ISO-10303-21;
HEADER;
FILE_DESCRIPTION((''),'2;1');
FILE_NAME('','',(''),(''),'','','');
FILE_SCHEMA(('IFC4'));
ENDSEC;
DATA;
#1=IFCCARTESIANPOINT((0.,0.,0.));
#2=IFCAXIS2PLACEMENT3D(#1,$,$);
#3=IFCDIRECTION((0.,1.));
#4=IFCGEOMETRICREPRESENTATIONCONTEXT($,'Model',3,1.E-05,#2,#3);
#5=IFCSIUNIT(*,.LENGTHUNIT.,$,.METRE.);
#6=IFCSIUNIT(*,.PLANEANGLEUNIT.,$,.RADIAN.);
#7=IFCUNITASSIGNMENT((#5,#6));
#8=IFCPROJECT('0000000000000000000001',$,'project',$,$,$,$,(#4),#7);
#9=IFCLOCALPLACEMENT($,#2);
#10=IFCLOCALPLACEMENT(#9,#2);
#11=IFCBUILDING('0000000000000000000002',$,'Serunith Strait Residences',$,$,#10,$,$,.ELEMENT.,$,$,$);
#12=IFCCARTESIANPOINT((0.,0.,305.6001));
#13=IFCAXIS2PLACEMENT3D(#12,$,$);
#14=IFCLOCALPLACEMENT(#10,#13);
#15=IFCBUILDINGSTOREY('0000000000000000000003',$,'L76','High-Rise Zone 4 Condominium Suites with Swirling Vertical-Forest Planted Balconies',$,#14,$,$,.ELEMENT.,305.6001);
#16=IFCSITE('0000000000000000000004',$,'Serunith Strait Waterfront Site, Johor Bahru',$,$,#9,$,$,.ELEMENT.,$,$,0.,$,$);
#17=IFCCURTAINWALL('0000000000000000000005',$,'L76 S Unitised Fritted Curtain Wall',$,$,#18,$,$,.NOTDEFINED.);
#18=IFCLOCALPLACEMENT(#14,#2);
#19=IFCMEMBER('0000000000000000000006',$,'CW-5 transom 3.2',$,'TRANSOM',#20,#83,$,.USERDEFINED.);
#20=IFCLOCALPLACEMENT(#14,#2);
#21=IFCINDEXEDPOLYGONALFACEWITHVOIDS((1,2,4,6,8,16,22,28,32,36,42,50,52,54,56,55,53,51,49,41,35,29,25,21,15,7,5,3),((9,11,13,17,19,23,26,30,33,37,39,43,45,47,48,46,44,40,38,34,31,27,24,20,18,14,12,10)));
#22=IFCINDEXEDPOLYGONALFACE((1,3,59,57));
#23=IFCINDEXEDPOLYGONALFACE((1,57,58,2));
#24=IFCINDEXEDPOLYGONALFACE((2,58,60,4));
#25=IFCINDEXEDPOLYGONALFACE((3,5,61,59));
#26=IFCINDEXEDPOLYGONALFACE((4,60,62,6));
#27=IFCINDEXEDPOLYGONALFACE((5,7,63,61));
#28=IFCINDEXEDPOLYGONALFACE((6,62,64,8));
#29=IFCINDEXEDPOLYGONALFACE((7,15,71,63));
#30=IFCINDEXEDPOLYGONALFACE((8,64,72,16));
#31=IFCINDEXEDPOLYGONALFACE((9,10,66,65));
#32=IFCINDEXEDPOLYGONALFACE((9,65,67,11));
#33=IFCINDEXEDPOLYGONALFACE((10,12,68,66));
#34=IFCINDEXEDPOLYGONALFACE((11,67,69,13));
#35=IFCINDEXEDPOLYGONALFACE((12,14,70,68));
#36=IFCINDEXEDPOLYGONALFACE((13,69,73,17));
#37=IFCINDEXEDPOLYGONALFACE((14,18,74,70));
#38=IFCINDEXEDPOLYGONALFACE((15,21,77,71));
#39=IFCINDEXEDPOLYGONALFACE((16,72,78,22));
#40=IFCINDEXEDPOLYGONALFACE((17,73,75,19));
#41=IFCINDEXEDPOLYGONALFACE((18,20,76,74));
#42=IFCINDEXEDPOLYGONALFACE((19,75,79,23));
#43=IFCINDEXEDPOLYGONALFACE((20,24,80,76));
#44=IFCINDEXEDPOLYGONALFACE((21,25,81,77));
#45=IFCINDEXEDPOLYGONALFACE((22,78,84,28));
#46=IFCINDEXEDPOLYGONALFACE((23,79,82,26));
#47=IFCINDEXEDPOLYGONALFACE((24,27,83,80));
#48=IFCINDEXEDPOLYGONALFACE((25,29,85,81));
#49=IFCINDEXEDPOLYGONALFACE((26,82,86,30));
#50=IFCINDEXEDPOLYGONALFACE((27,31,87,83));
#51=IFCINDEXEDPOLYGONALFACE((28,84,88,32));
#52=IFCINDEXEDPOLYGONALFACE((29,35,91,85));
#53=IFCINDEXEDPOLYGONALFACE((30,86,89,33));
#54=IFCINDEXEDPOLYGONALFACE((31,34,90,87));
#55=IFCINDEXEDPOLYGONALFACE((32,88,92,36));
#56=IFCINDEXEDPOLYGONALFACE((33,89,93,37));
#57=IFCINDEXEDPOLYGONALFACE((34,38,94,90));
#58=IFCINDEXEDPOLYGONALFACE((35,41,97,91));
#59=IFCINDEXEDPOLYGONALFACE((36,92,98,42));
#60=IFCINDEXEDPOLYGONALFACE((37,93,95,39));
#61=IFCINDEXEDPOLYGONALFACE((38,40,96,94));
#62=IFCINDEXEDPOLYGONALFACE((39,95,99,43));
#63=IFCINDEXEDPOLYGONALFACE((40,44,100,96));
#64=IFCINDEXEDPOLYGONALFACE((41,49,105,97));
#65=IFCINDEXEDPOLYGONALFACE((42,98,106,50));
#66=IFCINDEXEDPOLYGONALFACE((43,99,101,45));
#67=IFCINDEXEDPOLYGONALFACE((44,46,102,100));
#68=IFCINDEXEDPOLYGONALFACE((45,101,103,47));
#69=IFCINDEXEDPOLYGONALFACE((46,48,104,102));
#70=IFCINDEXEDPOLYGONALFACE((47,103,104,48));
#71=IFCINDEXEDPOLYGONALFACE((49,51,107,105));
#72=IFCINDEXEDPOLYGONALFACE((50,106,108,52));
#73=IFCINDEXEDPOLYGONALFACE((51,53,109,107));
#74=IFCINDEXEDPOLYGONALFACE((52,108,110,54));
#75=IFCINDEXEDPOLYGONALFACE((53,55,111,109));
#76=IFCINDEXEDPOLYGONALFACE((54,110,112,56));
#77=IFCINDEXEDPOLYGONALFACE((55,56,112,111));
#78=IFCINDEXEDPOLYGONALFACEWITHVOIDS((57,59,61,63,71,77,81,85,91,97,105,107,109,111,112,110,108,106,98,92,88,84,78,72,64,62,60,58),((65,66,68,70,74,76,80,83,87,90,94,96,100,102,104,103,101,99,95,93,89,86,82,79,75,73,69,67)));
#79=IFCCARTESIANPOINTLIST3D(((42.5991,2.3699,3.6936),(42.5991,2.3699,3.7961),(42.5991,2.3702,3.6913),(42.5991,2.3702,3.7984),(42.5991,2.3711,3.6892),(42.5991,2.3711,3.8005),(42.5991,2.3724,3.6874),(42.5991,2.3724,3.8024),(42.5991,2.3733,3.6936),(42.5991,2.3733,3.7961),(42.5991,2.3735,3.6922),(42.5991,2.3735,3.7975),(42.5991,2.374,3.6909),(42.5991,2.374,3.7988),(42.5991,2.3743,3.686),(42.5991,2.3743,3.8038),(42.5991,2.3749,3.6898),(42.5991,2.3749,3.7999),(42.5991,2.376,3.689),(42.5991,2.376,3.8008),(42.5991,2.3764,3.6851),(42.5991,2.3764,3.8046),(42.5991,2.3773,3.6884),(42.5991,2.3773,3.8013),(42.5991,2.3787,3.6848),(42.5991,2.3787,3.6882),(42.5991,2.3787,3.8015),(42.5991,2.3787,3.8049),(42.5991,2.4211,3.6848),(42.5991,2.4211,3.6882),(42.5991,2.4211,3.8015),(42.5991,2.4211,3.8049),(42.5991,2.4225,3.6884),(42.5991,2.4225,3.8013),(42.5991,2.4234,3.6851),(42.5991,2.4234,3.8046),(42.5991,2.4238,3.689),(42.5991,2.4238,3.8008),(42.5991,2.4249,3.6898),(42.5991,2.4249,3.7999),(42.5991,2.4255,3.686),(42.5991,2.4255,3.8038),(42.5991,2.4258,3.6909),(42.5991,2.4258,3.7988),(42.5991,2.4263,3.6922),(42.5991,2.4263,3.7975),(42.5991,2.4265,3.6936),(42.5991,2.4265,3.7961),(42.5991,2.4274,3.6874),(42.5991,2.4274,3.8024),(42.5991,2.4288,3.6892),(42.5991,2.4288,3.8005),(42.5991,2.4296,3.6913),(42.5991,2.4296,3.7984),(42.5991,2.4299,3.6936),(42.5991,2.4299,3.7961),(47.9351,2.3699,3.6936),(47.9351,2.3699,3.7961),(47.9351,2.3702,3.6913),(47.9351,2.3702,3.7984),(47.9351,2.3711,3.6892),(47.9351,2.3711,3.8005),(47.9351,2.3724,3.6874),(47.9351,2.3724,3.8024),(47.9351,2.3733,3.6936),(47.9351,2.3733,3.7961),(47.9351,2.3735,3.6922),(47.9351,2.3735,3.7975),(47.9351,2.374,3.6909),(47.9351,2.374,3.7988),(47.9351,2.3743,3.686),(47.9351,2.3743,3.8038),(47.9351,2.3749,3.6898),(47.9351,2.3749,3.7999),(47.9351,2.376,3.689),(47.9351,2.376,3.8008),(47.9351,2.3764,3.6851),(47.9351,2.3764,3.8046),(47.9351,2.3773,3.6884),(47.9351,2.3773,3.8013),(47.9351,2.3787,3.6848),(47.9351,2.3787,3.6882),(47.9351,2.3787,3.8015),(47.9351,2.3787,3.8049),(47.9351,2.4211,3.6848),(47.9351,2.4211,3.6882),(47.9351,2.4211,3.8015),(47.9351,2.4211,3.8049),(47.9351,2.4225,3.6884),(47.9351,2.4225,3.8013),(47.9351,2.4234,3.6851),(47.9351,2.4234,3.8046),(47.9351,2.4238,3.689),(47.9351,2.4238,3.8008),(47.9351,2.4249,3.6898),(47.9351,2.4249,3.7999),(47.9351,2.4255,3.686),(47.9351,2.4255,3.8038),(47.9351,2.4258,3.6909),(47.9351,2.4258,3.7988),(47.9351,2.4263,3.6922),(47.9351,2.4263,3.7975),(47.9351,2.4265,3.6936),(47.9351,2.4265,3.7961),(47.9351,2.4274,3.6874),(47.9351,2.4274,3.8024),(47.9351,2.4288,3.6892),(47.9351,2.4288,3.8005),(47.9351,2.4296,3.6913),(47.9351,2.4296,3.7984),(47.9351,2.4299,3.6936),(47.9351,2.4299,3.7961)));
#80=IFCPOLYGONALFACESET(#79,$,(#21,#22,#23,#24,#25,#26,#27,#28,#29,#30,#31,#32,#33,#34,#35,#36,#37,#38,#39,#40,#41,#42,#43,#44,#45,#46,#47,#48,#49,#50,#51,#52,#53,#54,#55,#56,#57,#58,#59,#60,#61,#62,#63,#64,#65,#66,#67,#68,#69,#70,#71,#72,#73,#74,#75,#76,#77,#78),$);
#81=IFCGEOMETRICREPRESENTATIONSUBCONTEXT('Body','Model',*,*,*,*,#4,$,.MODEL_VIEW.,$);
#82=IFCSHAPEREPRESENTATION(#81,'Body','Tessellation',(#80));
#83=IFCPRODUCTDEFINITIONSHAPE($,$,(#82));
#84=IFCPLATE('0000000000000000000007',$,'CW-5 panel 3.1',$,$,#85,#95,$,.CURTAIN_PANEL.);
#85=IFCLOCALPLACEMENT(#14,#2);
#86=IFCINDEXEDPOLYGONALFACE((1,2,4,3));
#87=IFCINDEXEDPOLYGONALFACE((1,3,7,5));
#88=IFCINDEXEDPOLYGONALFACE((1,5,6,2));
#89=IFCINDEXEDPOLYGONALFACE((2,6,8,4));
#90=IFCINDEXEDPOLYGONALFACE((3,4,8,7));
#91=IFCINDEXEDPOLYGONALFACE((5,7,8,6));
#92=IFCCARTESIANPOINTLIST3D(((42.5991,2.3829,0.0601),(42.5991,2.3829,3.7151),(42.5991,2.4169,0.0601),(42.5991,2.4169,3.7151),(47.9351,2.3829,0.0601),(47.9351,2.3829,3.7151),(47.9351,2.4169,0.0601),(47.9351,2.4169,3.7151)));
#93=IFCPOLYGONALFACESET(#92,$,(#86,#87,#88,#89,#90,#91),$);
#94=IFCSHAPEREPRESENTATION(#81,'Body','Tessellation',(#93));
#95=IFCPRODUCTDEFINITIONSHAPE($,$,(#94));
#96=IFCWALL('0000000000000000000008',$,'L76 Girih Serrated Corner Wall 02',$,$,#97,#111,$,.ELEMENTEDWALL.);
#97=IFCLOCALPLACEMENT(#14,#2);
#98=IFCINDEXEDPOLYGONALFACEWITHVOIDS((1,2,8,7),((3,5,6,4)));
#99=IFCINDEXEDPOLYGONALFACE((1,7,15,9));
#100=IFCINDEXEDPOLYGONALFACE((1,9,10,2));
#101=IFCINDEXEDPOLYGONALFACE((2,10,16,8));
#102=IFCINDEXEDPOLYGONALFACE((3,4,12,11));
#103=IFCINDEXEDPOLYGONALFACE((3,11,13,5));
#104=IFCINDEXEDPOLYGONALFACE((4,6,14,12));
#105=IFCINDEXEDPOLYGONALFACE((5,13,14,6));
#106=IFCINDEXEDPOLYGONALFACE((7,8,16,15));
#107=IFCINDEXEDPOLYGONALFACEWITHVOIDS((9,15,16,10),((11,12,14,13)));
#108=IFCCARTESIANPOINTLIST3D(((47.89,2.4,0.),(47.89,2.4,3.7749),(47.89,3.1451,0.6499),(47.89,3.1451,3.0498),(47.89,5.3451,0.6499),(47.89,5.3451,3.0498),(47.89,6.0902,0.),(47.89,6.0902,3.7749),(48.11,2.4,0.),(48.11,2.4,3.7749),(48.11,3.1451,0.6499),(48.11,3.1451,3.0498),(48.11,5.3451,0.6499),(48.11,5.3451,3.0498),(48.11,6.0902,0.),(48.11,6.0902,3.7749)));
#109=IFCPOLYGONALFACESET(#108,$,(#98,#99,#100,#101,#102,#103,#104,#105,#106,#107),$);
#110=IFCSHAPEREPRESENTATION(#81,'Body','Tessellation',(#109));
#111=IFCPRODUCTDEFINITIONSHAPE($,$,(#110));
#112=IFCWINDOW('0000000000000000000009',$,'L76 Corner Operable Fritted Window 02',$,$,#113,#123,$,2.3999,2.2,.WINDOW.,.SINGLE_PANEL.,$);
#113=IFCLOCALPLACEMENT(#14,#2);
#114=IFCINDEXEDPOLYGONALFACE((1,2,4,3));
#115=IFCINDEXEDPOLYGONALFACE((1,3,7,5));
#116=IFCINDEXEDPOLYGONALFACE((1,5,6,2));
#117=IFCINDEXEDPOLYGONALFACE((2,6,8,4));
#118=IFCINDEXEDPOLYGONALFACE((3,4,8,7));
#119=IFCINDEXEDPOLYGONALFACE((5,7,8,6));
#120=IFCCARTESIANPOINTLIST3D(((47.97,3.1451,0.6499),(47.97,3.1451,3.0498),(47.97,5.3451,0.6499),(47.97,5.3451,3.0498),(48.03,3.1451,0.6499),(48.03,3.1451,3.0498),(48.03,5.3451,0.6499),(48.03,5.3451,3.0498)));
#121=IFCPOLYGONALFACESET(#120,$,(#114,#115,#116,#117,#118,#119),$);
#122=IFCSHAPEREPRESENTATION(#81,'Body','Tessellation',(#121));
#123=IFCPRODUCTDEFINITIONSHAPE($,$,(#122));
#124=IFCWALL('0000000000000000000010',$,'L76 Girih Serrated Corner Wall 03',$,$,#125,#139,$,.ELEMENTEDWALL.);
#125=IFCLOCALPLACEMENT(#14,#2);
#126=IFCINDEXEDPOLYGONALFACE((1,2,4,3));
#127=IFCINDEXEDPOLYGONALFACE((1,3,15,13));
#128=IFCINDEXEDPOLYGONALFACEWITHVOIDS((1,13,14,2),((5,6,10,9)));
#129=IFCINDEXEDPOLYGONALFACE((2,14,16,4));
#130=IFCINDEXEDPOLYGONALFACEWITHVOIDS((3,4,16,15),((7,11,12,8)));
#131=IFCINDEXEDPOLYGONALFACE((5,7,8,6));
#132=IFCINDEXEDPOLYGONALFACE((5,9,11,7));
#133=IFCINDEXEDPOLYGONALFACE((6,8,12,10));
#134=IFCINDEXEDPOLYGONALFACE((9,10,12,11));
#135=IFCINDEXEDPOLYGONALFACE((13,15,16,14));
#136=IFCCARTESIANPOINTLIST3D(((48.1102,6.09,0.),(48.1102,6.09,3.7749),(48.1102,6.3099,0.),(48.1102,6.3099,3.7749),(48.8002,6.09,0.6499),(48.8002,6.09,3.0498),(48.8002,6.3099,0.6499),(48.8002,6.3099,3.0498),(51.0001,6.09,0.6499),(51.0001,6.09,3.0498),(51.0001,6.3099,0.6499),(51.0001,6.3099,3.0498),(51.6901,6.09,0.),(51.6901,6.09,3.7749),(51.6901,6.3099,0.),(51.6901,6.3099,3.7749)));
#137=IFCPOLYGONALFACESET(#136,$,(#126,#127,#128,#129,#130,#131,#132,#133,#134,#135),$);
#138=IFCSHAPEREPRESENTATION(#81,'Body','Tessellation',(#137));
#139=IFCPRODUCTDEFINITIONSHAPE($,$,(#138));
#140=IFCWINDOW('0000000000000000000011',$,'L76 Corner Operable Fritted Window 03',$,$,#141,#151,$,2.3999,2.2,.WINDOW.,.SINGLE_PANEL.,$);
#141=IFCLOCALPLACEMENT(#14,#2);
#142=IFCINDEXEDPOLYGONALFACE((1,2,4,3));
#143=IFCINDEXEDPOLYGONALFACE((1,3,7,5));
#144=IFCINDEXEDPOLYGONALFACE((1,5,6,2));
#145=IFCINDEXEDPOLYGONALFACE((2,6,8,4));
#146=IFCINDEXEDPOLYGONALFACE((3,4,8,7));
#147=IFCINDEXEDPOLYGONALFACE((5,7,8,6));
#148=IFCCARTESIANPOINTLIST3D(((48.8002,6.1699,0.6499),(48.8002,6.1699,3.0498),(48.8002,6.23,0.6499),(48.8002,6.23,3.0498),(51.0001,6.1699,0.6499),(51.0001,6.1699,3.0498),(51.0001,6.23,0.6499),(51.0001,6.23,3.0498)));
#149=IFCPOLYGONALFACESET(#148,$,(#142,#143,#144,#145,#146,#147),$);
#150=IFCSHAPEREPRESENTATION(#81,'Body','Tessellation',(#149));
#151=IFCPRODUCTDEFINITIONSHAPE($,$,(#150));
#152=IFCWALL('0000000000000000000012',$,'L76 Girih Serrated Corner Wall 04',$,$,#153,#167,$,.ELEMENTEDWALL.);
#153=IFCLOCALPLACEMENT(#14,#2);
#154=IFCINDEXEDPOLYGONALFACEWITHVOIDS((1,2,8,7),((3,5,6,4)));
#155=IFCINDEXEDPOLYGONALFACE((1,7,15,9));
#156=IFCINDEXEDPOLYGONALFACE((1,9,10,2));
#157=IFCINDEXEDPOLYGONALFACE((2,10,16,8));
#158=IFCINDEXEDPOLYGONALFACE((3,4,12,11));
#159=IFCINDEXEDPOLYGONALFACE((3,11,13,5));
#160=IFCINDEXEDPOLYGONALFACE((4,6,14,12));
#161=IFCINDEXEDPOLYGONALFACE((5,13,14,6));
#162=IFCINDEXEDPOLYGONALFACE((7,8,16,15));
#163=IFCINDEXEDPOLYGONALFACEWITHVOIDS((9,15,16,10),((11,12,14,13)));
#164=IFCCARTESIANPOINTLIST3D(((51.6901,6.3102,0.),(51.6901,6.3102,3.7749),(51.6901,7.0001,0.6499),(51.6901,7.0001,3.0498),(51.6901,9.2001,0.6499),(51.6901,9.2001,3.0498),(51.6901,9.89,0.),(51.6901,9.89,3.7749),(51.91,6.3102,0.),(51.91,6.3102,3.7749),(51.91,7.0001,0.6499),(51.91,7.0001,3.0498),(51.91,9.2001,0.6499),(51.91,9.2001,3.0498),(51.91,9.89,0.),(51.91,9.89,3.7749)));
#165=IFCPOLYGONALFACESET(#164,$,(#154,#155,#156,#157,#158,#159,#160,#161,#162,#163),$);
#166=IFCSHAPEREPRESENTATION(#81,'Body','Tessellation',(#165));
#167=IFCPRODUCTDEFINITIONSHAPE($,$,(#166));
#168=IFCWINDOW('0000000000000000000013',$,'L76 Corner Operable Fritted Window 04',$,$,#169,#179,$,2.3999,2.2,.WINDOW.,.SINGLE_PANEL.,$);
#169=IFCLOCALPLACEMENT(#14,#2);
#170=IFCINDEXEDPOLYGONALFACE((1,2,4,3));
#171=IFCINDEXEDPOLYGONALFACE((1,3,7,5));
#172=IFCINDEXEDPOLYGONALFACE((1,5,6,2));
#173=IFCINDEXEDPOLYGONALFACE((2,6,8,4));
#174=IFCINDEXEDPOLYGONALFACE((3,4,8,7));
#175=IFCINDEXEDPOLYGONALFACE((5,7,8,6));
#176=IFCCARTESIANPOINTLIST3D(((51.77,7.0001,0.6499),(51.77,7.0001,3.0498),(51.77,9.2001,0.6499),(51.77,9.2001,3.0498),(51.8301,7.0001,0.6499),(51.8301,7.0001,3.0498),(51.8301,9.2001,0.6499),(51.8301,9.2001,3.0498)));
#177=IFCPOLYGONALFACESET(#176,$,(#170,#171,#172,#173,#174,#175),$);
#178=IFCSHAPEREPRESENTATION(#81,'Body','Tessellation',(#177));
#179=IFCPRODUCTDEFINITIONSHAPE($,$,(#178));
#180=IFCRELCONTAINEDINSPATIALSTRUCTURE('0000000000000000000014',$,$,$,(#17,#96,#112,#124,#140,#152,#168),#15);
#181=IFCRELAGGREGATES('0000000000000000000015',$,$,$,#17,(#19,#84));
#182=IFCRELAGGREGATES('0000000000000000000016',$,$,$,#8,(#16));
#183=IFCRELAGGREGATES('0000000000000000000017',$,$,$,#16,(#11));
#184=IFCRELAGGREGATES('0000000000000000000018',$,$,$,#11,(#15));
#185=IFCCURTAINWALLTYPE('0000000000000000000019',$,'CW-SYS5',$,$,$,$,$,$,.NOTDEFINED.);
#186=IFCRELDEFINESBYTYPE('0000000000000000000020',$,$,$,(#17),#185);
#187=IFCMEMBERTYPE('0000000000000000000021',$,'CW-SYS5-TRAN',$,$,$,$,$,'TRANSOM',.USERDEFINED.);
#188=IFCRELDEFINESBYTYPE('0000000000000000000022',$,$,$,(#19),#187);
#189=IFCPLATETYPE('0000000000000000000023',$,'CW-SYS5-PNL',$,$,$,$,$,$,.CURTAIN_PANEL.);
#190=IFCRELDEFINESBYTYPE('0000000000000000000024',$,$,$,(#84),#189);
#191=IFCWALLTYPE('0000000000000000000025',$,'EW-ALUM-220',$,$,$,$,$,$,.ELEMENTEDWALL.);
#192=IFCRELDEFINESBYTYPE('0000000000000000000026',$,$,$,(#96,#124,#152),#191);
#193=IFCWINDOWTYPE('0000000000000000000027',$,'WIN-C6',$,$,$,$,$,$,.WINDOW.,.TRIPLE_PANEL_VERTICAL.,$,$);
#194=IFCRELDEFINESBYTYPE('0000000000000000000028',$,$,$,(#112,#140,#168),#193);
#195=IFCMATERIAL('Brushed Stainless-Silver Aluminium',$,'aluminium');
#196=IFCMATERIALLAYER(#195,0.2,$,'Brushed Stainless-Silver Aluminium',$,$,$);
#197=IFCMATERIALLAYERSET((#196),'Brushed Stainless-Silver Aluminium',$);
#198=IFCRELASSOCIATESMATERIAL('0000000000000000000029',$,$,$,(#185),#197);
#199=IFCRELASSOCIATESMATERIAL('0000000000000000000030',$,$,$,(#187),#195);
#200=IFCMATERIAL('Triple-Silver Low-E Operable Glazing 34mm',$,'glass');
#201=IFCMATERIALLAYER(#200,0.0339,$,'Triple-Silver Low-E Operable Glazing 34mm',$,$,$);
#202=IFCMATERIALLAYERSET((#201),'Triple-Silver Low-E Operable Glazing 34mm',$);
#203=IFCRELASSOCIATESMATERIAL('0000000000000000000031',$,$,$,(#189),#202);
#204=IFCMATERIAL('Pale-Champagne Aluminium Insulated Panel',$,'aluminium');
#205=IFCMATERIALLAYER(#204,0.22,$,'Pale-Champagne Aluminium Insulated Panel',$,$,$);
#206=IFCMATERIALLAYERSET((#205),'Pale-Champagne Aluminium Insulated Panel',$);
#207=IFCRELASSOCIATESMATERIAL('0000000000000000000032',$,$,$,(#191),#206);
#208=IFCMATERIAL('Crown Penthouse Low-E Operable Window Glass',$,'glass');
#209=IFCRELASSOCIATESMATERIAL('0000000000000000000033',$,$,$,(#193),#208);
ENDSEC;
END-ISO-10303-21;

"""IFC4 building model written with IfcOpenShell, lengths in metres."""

from ifc_helpers import new_model, si_unit, direction, frame, frame_2d, origin, origin_2d, place, context, subcontext, project, spatial, rectangle, hollow_rectangle, extrude, source, transform, mapped, material, layer, layer_set, material_profile, profile_set, type_object, element, fill, aggregate, save


model = new_model("IFC4")

# Units and contexts
model_context = context("Model", 3, precision=1e-05, world=origin(), true_north=direction((0.0, 1.0)))
body_context = subcontext(model_context, "Body", "Model", "MODEL_VIEW")
ifc_project = project(units=[si_unit("LENGTHUNIT", "METRE"), si_unit("PLANEANGLEUNIT", "RADIAN")], contexts=[model_context])

# Site, building, storey
site_placement = place(None, origin())
site = spatial("IfcSite", under=ifc_project, at=site_placement, Name="Serunith Strait Waterfront Site, Johor Bahru", CompositionType="ELEMENT", RefElevation=0.0)
building_placement = place(site_placement, origin())
building = spatial("IfcBuilding", under=site, at=building_placement, Name="Serunith Strait Residences", CompositionType="ELEMENT")
storey_placement = place(building_placement, frame((0.0, 0.0, 305.6001)))
storey = spatial("IfcBuildingStorey", under=building, at=storey_placement, Name="L76", Description="High-Rise Zone 4 Condominium Suites with Swirling Vertical-Forest Planted Balconies", CompositionType="ELEMENT", Elevation=305.6001)

# Curtain wall
ifc_material_1 = material(Name="Brushed Stainless-Silver Aluminium", Category="aluminium")
ifc_layer_1 = layer(ifc_material_1, 0.2, Name="Brushed Stainless-Silver Aluminium")
ifc_layer_set_1 = layer_set([ifc_layer_1], Name="Brushed Stainless-Silver Aluminium")
curtain_wall_type = type_object("IfcCurtainWallType", Name="CW-SYS5", PredefinedType="NOTDEFINED", material=ifc_layer_set_1)
ifc_material_profile_1 = material_profile(ifc_material_1, hollow_rectangle(XDim=0.0601, YDim=0.1201, WallThickness=0.0034, InnerFilletRadius=0.0054, OuterFilletRadius=0.0088, at=origin_2d()), Name="ALU 120x60x3.5")
ifc_profile_set_1 = profile_set([ifc_material_profile_1], Name="Brushed Stainless-Silver Aluminium")
member_type_1 = type_object("IfcMemberType", Name="CW-SYS5-TRAN", ElementType="TRANSOM", PredefinedType="USERDEFINED", material=ifc_profile_set_1)
curtain_wall_1_placement = place(storey_placement, origin())
curtain_wall_1 = element("IfcCurtainWall", 1, at=curtain_wall_1_placement, inside=storey, type_object=curtain_wall_type, Name="L76 S Unitised Fritted Curtain Wall", PredefinedType="NOTDEFINED")

# Member
shared_shape_1 = source(origin(), body_context, "Body", "SweptSolid", [
    extrude(hollow_rectangle(XDim=0.0601, YDim=0.1201, WallThickness=0.0034, InnerFilletRadius=0.0054, OuterFilletRadius=0.0088, at=origin_2d()), origin(), (0.0, 0.0, 1.0), 5.3359),
])
member_1_placement = place(storey_placement, frame((42.5991, 2.3999, 3.7449), z_axis=(1.0, 0.0, 0.0), x_axis=(0.0, 1.0, 0.0)))
member_1 = element("IfcMember", 2, at=member_1_placement, type_object=member_type_1, Name="CW-5 transom 3.2", ObjectType="TRANSOM", PredefinedType="USERDEFINED", context=body_context, shape_type="MappedRepresentation", body=[
    mapped(shared_shape_1, transform((0.0, 0.0, 0.0), scale=1.0)),
])

# Plate
ifc_material_2 = material(Name="Triple-Silver Low-E Operable Glazing 34mm", Category="glass")
ifc_layer_2 = layer(ifc_material_2, 0.0339, Name="Triple-Silver Low-E Operable Glazing 34mm")
ifc_layer_set_2 = layer_set([ifc_layer_2], Name="Triple-Silver Low-E Operable Glazing 34mm")
plate_type = type_object("IfcPlateType", Name="CW-SYS5-PNL", PredefinedType="CURTAIN_PANEL", material=ifc_layer_set_2)
shared_shape_2 = source(origin(), body_context, "Body", "SweptSolid", [
    extrude(rectangle(XDim=5.3359, YDim=0.0339, at=origin_2d()), origin(), (0.0, 0.0, 1.0), 3.655),
])
plate_placement = place(storey_placement, frame((45.2671, 2.3999, 0.0601), z_axis=(0.0, 0.0, 1.0), x_axis=(1.0, 0.0, 0.0)))
plate = element("IfcPlate", 3, at=plate_placement, type_object=plate_type, Name="CW-5 panel 3.1", PredefinedType="CURTAIN_PANEL", context=body_context, shape_type="MappedRepresentation", body=[
    mapped(shared_shape_2, transform((0.0, 0.0, 0.0), scale=1.0)),
])
aggregate(curtain_wall_1, [member_1, plate])

# Walls, openings, windows
ifc_material_3 = material(Name="Pale-Champagne Aluminium Insulated Panel", Category="aluminium")
ifc_layer_3 = layer(ifc_material_3, 0.22, Name="Pale-Champagne Aluminium Insulated Panel")
ifc_layer_set_3 = layer_set([ifc_layer_3], Name="Pale-Champagne Aluminium Insulated Panel")
wall_type_1 = type_object("IfcWallType", Name="EW-ALUM-220", PredefinedType="ELEMENTEDWALL", material=ifc_layer_set_3)
wall_1_placement = place(storey_placement, frame((48.0, 2.3999, 0.0), z_axis=(0.0, 0.0, 1.0), x_axis=(0.0, 1.0, 0.0)))
wall_1 = element("IfcWall", 4, at=wall_1_placement, inside=storey, type_object=wall_type_1, Name="L76 Girih Serrated Corner Wall 02", PredefinedType="ELEMENTEDWALL", context=body_context, shape_type="SweptSolid", body=[
    extrude(rectangle(XDim=3.6902, YDim=0.22, at=frame_2d((1.8452, 0.0))), origin(), (0.0, 0.0, 1.0), 3.7749),
])
opening_1_placement = place(wall_1_placement, frame((0.7451, 0.0, 0.6499)))
opening_1 = element("IfcOpeningElement", 5, at=opening_1_placement, cuts=wall_1, PredefinedType="OPENING", context=body_context, shape_type="SweptSolid", body=[
    extrude(rectangle(XDim=2.2, YDim=2.3999, at=frame_2d((1.1001, 1.2))), frame((0.0, 0.1201, 0.0), z_axis=(0.0, -1.0, 0.0), x_axis=(1.0, 0.0, 0.0)), (0.0, 0.0, 1.0), 0.24),
])
ifc_material_4 = material(Name="Crown Penthouse Low-E Operable Window Glass", Category="glass")
window_type = type_object("IfcWindowType", Name="WIN-C6", PartitioningType="TRIPLE_PANEL_VERTICAL", PredefinedType="WINDOW", material=ifc_material_4)
shared_shape_3 = source(origin(), body_context, "Body", "SweptSolid", [
    extrude(rectangle(XDim=2.2, YDim=2.3999, at=frame_2d((1.1001, 1.2))), frame((0.0, 0.03, 0.0), z_axis=(0.0, -1.0, 0.0), x_axis=(1.0, 0.0, 0.0)), (0.0, 0.0, 1.0), 0.0601),
])
window_1_placement = place(opening_1_placement, origin())
window_1 = element("IfcWindow", 6, at=window_1_placement, inside=storey, type_object=window_type, Name="L76 Corner Operable Fritted Window 02", OverallHeight=2.3999, OverallWidth=2.2, PartitioningType="SINGLE_PANEL", PredefinedType="WINDOW", context=body_context, shape_type="MappedRepresentation", body=[
    mapped(shared_shape_3, transform((0.0, 0.0, 0.0), scale=1.0)),
])
fill(opening_1, window_1)
wall_2_placement = place(storey_placement, frame((48.1101, 6.2, 0.0), z_axis=(0.0, 0.0, 1.0), x_axis=(1.0, 0.0, 0.0)))
wall_2 = element("IfcWall", 7, at=wall_2_placement, inside=storey, type_object=wall_type_1, Name="L76 Girih Serrated Corner Wall 03", PredefinedType="ELEMENTEDWALL", context=body_context, shape_type="SweptSolid", body=[
    extrude(rectangle(XDim=3.5798, YDim=0.22, at=frame_2d((1.79, 0.0))), origin(), (0.0, 0.0, 1.0), 3.7749),
])
opening_2_placement = place(wall_2_placement, frame((0.6899, 0.0, 0.6499)))
opening_2 = element("IfcOpeningElement", 8, at=opening_2_placement, cuts=wall_2, PredefinedType="OPENING", context=body_context, shape_type="SweptSolid", body=[
    extrude(rectangle(XDim=2.2, YDim=2.3999, at=frame_2d((1.1001, 1.2))), frame((0.0, 0.1201, 0.0), z_axis=(0.0, -1.0, 0.0), x_axis=(1.0, 0.0, 0.0)), (0.0, 0.0, 1.0), 0.24),
])
window_2_placement = place(opening_2_placement, origin())
window_2 = element("IfcWindow", 9, at=window_2_placement, inside=storey, type_object=window_type, Name="L76 Corner Operable Fritted Window 03", OverallHeight=2.3999, OverallWidth=2.2, PartitioningType="SINGLE_PANEL", PredefinedType="WINDOW", context=body_context, shape_type="MappedRepresentation", body=[
    mapped(shared_shape_3, transform((0.0, 0.0, 0.0), scale=1.0)),
])
fill(opening_2, window_2)
wall_3_placement = place(storey_placement, frame((51.8, 6.3101, 0.0), z_axis=(0.0, 0.0, 1.0), x_axis=(0.0, 1.0, 0.0)))
wall_3 = element("IfcWall", 10, at=wall_3_placement, inside=storey, type_object=wall_type_1, Name="L76 Girih Serrated Corner Wall 04", PredefinedType="ELEMENTEDWALL", context=body_context, shape_type="SweptSolid", body=[
    extrude(rectangle(XDim=3.5798, YDim=0.22, at=frame_2d((1.79, 0.0))), origin(), (0.0, 0.0, 1.0), 3.7749),
])
opening_3_placement = place(wall_3_placement, frame((0.6899, 0.0, 0.6499)))
opening_3 = element("IfcOpeningElement", 11, at=opening_3_placement, cuts=wall_3, PredefinedType="OPENING", context=body_context, shape_type="SweptSolid", body=[
    extrude(rectangle(XDim=2.2, YDim=2.3999, at=frame_2d((1.1001, 1.2))), frame((0.0, 0.1201, 0.0), z_axis=(0.0, -1.0, 0.0), x_axis=(1.0, 0.0, 0.0)), (0.0, 0.0, 1.0), 0.24),
])
window_3_placement = place(opening_3_placement, origin())
window_3 = element("IfcWindow", 12, at=window_3_placement, inside=storey, type_object=window_type, Name="L76 Corner Operable Fritted Window 04", OverallHeight=2.3999, OverallWidth=2.2, PartitioningType="SINGLE_PANEL", PredefinedType="WINDOW", context=body_context, shape_type="MappedRepresentation", body=[
    mapped(shared_shape_3, transform((0.0, 0.0, 0.0), scale=1.0)),
])
fill(opening_3, window_3)

save(model, "model.ifc")
